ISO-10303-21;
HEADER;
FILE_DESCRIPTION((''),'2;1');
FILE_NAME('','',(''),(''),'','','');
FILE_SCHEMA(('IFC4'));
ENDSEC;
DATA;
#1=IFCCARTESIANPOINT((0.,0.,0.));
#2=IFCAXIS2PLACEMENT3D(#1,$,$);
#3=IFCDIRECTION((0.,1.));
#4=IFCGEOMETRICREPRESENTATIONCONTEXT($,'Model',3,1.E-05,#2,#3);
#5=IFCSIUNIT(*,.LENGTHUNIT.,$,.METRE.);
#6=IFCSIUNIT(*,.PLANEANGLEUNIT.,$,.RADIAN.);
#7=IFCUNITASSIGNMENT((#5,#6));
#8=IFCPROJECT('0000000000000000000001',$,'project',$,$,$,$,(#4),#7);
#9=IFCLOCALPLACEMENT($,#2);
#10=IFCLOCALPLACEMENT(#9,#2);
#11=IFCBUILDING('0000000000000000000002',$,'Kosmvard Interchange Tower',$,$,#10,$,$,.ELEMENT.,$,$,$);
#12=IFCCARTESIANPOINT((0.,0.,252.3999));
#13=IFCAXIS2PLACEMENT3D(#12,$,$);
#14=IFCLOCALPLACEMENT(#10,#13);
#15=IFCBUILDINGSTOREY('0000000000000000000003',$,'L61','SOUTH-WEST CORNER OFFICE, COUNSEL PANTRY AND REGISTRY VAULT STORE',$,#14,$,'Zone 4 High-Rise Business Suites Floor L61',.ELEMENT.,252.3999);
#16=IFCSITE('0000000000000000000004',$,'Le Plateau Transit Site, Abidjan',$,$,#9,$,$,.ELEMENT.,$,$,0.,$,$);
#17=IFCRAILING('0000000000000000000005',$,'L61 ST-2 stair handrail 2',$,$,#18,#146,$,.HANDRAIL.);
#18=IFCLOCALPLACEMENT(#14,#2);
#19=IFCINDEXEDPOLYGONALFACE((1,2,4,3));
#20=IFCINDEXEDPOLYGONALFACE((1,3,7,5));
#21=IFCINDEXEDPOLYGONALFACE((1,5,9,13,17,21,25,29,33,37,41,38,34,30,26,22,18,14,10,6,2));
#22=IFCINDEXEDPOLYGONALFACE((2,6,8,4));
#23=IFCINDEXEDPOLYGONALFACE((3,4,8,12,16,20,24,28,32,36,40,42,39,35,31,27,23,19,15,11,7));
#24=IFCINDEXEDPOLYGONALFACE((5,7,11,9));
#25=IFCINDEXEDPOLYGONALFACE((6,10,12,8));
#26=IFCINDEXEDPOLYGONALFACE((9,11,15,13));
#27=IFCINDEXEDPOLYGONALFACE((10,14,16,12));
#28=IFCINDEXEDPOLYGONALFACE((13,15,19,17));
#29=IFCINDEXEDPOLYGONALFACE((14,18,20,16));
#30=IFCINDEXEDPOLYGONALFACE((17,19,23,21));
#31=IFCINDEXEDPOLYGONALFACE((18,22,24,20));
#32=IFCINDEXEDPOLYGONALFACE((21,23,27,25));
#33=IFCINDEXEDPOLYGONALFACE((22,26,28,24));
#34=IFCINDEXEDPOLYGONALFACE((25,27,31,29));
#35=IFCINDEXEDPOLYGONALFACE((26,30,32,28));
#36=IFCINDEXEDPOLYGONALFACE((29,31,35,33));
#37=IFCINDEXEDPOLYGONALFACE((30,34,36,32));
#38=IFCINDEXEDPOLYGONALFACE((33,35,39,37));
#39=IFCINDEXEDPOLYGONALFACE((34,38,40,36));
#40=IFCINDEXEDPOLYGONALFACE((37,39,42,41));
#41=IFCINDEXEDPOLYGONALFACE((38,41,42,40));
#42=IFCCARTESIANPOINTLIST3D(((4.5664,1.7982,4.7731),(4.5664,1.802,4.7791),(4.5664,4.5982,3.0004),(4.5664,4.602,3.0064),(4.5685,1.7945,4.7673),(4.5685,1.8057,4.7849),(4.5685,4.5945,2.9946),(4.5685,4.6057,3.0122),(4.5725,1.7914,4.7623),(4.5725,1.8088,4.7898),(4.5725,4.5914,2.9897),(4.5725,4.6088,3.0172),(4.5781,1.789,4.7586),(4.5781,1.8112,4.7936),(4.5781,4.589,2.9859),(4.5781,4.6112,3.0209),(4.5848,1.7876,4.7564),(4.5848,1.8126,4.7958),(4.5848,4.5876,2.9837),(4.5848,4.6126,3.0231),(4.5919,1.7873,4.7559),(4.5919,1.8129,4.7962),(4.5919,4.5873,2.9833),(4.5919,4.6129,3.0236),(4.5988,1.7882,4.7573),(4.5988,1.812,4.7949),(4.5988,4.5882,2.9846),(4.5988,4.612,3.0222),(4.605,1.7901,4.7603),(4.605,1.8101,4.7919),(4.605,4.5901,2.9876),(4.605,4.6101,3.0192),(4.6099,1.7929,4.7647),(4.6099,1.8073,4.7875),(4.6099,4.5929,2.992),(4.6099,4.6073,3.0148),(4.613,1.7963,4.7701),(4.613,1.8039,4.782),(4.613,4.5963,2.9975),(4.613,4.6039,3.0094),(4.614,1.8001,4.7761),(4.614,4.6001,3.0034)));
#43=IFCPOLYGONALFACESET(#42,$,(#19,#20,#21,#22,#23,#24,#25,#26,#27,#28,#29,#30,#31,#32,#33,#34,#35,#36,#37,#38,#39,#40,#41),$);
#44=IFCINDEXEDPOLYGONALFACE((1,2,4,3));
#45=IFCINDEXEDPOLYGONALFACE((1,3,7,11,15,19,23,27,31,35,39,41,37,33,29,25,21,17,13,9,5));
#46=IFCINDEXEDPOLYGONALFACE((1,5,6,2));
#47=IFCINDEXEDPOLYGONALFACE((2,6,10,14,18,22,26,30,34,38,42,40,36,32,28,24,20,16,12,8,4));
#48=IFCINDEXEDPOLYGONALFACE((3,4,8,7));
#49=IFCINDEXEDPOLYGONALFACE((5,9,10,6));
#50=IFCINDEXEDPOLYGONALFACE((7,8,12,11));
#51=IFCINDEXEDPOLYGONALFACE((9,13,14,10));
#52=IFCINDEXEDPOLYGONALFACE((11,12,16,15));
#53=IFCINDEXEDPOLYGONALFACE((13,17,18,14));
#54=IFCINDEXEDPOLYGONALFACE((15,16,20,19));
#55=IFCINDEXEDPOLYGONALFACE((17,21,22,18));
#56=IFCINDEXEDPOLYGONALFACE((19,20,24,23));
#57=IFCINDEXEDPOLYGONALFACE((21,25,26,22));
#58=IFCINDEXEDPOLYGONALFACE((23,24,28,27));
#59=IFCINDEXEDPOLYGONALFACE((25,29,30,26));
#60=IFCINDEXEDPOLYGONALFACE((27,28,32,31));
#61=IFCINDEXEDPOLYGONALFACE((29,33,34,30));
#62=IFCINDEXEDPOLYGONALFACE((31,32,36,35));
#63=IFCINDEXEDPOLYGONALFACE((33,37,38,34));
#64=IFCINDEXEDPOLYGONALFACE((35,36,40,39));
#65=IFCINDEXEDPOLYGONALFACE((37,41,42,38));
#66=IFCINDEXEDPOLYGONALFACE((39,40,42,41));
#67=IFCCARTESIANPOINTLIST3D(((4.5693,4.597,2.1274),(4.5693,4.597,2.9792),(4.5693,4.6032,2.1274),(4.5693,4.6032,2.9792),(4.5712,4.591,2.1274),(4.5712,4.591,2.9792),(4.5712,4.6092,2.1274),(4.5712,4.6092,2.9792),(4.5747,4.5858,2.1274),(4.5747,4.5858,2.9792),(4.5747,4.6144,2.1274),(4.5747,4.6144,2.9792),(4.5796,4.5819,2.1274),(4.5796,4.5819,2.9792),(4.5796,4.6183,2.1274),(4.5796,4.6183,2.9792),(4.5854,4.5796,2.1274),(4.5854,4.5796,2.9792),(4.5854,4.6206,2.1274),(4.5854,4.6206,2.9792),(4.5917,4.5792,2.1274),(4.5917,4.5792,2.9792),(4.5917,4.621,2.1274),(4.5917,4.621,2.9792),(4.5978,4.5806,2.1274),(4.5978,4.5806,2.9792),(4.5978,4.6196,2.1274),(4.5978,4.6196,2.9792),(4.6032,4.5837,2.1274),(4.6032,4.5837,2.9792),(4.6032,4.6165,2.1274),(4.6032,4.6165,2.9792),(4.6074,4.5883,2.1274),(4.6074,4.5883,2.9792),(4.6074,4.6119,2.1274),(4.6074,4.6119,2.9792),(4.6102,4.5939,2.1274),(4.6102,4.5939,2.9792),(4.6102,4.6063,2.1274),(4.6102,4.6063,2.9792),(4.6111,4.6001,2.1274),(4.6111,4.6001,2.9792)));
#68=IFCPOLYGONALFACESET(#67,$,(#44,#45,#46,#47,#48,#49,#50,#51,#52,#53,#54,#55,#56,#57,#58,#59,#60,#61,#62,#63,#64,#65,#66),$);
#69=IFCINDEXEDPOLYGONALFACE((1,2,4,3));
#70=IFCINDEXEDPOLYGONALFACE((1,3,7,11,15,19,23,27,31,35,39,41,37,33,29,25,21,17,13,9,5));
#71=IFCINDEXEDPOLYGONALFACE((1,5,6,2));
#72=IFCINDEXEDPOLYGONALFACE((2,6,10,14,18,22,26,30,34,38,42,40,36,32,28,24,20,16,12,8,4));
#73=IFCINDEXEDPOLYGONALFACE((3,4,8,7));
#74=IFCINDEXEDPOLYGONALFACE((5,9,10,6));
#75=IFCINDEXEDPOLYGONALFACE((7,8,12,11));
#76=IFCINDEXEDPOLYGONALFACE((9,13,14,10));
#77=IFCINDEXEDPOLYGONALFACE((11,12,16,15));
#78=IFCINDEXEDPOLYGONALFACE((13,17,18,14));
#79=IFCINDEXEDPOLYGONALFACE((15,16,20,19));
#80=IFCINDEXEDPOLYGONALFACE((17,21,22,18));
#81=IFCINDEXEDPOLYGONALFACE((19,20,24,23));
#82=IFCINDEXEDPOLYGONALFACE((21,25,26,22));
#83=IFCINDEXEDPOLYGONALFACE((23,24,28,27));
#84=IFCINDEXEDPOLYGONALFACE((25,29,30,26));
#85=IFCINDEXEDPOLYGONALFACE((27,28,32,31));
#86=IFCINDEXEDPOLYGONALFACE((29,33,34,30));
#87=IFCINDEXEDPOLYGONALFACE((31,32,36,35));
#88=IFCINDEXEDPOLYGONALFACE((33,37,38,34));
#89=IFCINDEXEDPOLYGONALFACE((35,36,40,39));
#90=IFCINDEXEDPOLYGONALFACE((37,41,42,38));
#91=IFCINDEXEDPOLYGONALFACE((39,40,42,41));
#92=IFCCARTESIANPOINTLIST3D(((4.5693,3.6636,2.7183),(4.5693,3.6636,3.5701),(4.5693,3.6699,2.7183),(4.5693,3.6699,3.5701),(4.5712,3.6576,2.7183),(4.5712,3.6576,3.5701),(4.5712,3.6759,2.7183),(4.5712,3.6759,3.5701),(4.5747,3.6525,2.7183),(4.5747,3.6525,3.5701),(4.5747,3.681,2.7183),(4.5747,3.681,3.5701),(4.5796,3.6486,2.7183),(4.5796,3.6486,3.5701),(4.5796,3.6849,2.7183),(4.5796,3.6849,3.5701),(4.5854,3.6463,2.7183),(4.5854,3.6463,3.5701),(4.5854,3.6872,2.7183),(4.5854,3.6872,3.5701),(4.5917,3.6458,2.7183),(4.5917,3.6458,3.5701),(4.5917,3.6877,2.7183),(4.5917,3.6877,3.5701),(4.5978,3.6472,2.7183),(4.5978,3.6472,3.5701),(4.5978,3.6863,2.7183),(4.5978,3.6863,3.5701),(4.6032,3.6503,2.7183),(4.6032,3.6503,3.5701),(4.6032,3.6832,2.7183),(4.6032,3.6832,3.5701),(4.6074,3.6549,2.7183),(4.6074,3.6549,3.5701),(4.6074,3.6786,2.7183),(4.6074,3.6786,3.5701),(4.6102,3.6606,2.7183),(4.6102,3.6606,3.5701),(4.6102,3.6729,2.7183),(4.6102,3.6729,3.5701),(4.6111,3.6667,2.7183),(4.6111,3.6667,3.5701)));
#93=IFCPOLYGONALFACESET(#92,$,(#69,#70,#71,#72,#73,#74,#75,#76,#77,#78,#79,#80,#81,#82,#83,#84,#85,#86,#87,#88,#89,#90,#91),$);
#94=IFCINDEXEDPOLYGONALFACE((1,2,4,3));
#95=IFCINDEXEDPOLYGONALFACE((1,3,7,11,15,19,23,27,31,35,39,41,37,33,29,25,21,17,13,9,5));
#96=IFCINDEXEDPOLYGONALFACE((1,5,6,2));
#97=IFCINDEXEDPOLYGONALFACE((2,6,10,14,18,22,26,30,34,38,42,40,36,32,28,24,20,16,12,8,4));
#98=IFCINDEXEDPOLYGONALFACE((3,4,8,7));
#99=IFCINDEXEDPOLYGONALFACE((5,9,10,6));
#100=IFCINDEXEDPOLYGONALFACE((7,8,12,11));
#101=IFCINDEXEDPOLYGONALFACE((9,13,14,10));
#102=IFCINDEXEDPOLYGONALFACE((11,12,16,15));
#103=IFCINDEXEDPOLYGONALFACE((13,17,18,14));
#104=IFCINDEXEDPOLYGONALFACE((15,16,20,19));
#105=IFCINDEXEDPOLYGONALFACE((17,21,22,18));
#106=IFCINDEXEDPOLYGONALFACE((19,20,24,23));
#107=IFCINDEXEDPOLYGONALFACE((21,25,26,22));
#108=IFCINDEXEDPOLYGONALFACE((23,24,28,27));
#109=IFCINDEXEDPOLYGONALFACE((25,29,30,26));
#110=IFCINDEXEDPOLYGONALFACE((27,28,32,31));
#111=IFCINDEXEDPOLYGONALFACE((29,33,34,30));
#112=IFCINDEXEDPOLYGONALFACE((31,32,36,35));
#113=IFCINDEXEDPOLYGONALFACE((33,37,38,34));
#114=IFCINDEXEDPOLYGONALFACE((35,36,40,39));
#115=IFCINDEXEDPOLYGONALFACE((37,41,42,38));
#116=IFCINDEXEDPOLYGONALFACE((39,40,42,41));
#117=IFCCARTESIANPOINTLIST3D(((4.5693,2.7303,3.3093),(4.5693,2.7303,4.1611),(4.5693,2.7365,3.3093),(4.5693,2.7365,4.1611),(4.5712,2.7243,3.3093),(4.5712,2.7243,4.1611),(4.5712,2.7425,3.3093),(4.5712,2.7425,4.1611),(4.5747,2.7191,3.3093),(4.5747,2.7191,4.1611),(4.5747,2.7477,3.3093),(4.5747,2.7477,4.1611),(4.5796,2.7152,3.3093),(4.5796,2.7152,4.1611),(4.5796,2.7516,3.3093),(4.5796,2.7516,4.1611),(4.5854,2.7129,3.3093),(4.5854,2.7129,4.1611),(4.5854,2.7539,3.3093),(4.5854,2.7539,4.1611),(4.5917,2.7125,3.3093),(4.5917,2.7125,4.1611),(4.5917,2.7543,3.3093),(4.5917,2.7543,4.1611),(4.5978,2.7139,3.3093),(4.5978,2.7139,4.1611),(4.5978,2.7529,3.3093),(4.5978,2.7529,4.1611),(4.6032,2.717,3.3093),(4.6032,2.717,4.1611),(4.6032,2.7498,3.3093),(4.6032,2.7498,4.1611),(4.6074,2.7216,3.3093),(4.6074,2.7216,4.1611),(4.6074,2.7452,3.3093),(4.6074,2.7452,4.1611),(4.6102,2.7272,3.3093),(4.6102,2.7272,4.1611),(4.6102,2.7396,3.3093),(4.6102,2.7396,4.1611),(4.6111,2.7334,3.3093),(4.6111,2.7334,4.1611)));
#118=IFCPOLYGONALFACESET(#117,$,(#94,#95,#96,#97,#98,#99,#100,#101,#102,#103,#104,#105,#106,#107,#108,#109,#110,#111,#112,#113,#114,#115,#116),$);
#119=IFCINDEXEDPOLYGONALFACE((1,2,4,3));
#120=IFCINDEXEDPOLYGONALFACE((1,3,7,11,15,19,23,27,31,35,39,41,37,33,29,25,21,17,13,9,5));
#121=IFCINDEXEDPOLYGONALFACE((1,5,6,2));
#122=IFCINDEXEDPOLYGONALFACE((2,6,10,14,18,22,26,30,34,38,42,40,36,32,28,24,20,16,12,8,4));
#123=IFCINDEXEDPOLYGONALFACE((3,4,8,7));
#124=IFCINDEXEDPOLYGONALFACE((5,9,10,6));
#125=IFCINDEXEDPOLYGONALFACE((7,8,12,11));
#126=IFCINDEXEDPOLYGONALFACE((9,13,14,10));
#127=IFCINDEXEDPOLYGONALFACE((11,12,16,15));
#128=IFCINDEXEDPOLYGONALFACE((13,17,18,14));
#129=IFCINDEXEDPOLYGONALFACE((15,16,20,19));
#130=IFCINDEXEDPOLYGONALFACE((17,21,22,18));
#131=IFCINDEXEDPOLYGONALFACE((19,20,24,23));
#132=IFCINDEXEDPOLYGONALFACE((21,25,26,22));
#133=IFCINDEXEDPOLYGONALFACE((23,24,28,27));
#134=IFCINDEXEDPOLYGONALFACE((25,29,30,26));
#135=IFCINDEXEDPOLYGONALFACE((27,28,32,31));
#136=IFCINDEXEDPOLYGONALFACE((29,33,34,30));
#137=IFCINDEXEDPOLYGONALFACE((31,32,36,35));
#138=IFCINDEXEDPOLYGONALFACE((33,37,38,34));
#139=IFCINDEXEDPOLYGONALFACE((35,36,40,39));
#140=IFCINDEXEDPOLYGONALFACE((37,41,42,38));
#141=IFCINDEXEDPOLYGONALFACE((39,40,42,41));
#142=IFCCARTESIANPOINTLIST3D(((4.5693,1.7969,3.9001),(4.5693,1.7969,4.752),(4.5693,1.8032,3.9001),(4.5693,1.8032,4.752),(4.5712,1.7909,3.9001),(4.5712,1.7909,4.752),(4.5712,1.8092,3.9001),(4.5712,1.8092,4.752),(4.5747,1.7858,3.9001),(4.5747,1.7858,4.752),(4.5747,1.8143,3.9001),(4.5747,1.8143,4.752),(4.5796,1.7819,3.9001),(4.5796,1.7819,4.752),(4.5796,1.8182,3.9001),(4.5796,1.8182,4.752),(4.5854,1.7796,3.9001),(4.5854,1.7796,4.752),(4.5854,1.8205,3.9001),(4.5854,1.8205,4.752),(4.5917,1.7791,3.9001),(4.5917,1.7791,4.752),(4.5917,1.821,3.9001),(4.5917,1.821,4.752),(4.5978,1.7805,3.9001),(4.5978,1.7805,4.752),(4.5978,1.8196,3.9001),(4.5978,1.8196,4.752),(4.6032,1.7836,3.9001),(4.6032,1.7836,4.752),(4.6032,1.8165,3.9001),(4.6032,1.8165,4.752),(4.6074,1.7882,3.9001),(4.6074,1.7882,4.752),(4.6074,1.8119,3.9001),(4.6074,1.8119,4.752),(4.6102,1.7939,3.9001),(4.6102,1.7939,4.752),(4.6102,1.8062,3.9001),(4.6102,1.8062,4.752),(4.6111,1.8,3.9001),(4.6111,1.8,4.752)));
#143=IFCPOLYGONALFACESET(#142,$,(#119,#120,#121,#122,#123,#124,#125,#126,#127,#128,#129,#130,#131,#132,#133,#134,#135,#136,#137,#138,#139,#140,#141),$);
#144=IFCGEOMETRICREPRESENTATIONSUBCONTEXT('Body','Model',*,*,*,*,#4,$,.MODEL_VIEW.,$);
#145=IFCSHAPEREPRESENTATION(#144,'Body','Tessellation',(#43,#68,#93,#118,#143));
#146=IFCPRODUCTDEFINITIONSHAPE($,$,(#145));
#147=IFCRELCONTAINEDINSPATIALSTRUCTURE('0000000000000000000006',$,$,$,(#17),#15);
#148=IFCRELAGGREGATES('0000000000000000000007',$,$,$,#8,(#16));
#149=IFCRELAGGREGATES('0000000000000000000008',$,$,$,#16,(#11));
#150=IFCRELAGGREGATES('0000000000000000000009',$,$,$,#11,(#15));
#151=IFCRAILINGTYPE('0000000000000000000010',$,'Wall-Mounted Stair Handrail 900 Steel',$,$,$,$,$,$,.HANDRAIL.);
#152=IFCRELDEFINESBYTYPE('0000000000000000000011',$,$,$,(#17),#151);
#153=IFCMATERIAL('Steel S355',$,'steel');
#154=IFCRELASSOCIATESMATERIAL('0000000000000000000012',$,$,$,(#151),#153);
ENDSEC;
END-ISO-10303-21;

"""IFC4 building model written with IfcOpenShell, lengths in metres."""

from ifc_helpers import new_model, si_unit, direction, frame, origin, origin_2d, place, context, subcontext, project, spatial, circle, extrude, source, transform, mapped, material, type_object, element, save


model = new_model("IFC4")

# Units and contexts
model_context = context("Model", 3, precision=1e-05, world=origin(), true_north=direction((0.0, 1.0)))
body_context = subcontext(model_context, "Body", "Model", "MODEL_VIEW")
ifc_project = project(units=[si_unit("LENGTHUNIT", "METRE"), si_unit("PLANEANGLEUNIT", "RADIAN")], contexts=[model_context])

# Site, building, storey
site_placement = place(None, origin())
site = spatial("IfcSite", under=ifc_project, at=site_placement, Name="Le Plateau Transit Site, Abidjan", CompositionType="ELEMENT", RefElevation=0.0)
building_placement = place(site_placement, origin())
building = spatial("IfcBuilding", under=site, at=building_placement, Name="Kosmvard Interchange Tower", CompositionType="ELEMENT")
storey_placement = place(building_placement, frame((0.0, 0.0, 252.3999)))
storey = spatial("IfcBuildingStorey", under=building, at=storey_placement, Name="L61", Description="SOUTH-WEST CORNER OFFICE, COUNSEL PANTRY AND REGISTRY VAULT STORE", LongName="Zone 4 High-Rise Business Suites Floor L61", CompositionType="ELEMENT", Elevation=252.3999)

# Shared definitions
ifc_material_1 = material(Name="Steel S355", Category="steel")

# Railing
railing_type_1 = type_object("IfcRailingType", Name="Wall-Mounted Stair Handrail 900 Steel", PredefinedType="HANDRAIL", material=ifc_material_1)
shared_shape_1 = source(origin(), body_context, "Body", "SweptSolid", [
    extrude(circle(Radius=0.0239, at=origin_2d()), frame((0.0, 0.0, 0.876), z_axis=(0.0, -0.844909, 0.53491), x_axis=(1.0, 0.0, 0.0)), (0.0, 0.0, 1.0), 3.314),
    extrude(circle(Radius=0.021, at=origin_2d()), origin(), (0.0, 0.0, 1.0), 0.8518),
    extrude(circle(Radius=0.021, at=origin_2d()), frame((0.0, -0.9333, 0.5908)), (0.0, 0.0, 1.0), 0.8518),
    extrude(circle(Radius=0.021, at=origin_2d()), frame((0.0, -1.8667, 1.1819)), (0.0, 0.0, 1.0), 0.8518),
    extrude(circle(Radius=0.021, at=origin_2d()), frame((0.0, -2.8, 1.7727)), (0.0, 0.0, 1.0), 0.8518),
])
railing_1_placement = place(storey_placement, frame((4.5901, 4.6001, 2.1274)))
element("IfcRailing", 1, at=railing_1_placement, inside=storey, type_object=railing_type_1, Name="L61 ST-2 stair handrail 2", PredefinedType="HANDRAIL", context=body_context, shape_type="MappedRepresentation", body=[
    mapped(shared_shape_1, transform((0.0, 0.0, 0.0), scale=1.0)),
])

save(model, "model.ifc")
